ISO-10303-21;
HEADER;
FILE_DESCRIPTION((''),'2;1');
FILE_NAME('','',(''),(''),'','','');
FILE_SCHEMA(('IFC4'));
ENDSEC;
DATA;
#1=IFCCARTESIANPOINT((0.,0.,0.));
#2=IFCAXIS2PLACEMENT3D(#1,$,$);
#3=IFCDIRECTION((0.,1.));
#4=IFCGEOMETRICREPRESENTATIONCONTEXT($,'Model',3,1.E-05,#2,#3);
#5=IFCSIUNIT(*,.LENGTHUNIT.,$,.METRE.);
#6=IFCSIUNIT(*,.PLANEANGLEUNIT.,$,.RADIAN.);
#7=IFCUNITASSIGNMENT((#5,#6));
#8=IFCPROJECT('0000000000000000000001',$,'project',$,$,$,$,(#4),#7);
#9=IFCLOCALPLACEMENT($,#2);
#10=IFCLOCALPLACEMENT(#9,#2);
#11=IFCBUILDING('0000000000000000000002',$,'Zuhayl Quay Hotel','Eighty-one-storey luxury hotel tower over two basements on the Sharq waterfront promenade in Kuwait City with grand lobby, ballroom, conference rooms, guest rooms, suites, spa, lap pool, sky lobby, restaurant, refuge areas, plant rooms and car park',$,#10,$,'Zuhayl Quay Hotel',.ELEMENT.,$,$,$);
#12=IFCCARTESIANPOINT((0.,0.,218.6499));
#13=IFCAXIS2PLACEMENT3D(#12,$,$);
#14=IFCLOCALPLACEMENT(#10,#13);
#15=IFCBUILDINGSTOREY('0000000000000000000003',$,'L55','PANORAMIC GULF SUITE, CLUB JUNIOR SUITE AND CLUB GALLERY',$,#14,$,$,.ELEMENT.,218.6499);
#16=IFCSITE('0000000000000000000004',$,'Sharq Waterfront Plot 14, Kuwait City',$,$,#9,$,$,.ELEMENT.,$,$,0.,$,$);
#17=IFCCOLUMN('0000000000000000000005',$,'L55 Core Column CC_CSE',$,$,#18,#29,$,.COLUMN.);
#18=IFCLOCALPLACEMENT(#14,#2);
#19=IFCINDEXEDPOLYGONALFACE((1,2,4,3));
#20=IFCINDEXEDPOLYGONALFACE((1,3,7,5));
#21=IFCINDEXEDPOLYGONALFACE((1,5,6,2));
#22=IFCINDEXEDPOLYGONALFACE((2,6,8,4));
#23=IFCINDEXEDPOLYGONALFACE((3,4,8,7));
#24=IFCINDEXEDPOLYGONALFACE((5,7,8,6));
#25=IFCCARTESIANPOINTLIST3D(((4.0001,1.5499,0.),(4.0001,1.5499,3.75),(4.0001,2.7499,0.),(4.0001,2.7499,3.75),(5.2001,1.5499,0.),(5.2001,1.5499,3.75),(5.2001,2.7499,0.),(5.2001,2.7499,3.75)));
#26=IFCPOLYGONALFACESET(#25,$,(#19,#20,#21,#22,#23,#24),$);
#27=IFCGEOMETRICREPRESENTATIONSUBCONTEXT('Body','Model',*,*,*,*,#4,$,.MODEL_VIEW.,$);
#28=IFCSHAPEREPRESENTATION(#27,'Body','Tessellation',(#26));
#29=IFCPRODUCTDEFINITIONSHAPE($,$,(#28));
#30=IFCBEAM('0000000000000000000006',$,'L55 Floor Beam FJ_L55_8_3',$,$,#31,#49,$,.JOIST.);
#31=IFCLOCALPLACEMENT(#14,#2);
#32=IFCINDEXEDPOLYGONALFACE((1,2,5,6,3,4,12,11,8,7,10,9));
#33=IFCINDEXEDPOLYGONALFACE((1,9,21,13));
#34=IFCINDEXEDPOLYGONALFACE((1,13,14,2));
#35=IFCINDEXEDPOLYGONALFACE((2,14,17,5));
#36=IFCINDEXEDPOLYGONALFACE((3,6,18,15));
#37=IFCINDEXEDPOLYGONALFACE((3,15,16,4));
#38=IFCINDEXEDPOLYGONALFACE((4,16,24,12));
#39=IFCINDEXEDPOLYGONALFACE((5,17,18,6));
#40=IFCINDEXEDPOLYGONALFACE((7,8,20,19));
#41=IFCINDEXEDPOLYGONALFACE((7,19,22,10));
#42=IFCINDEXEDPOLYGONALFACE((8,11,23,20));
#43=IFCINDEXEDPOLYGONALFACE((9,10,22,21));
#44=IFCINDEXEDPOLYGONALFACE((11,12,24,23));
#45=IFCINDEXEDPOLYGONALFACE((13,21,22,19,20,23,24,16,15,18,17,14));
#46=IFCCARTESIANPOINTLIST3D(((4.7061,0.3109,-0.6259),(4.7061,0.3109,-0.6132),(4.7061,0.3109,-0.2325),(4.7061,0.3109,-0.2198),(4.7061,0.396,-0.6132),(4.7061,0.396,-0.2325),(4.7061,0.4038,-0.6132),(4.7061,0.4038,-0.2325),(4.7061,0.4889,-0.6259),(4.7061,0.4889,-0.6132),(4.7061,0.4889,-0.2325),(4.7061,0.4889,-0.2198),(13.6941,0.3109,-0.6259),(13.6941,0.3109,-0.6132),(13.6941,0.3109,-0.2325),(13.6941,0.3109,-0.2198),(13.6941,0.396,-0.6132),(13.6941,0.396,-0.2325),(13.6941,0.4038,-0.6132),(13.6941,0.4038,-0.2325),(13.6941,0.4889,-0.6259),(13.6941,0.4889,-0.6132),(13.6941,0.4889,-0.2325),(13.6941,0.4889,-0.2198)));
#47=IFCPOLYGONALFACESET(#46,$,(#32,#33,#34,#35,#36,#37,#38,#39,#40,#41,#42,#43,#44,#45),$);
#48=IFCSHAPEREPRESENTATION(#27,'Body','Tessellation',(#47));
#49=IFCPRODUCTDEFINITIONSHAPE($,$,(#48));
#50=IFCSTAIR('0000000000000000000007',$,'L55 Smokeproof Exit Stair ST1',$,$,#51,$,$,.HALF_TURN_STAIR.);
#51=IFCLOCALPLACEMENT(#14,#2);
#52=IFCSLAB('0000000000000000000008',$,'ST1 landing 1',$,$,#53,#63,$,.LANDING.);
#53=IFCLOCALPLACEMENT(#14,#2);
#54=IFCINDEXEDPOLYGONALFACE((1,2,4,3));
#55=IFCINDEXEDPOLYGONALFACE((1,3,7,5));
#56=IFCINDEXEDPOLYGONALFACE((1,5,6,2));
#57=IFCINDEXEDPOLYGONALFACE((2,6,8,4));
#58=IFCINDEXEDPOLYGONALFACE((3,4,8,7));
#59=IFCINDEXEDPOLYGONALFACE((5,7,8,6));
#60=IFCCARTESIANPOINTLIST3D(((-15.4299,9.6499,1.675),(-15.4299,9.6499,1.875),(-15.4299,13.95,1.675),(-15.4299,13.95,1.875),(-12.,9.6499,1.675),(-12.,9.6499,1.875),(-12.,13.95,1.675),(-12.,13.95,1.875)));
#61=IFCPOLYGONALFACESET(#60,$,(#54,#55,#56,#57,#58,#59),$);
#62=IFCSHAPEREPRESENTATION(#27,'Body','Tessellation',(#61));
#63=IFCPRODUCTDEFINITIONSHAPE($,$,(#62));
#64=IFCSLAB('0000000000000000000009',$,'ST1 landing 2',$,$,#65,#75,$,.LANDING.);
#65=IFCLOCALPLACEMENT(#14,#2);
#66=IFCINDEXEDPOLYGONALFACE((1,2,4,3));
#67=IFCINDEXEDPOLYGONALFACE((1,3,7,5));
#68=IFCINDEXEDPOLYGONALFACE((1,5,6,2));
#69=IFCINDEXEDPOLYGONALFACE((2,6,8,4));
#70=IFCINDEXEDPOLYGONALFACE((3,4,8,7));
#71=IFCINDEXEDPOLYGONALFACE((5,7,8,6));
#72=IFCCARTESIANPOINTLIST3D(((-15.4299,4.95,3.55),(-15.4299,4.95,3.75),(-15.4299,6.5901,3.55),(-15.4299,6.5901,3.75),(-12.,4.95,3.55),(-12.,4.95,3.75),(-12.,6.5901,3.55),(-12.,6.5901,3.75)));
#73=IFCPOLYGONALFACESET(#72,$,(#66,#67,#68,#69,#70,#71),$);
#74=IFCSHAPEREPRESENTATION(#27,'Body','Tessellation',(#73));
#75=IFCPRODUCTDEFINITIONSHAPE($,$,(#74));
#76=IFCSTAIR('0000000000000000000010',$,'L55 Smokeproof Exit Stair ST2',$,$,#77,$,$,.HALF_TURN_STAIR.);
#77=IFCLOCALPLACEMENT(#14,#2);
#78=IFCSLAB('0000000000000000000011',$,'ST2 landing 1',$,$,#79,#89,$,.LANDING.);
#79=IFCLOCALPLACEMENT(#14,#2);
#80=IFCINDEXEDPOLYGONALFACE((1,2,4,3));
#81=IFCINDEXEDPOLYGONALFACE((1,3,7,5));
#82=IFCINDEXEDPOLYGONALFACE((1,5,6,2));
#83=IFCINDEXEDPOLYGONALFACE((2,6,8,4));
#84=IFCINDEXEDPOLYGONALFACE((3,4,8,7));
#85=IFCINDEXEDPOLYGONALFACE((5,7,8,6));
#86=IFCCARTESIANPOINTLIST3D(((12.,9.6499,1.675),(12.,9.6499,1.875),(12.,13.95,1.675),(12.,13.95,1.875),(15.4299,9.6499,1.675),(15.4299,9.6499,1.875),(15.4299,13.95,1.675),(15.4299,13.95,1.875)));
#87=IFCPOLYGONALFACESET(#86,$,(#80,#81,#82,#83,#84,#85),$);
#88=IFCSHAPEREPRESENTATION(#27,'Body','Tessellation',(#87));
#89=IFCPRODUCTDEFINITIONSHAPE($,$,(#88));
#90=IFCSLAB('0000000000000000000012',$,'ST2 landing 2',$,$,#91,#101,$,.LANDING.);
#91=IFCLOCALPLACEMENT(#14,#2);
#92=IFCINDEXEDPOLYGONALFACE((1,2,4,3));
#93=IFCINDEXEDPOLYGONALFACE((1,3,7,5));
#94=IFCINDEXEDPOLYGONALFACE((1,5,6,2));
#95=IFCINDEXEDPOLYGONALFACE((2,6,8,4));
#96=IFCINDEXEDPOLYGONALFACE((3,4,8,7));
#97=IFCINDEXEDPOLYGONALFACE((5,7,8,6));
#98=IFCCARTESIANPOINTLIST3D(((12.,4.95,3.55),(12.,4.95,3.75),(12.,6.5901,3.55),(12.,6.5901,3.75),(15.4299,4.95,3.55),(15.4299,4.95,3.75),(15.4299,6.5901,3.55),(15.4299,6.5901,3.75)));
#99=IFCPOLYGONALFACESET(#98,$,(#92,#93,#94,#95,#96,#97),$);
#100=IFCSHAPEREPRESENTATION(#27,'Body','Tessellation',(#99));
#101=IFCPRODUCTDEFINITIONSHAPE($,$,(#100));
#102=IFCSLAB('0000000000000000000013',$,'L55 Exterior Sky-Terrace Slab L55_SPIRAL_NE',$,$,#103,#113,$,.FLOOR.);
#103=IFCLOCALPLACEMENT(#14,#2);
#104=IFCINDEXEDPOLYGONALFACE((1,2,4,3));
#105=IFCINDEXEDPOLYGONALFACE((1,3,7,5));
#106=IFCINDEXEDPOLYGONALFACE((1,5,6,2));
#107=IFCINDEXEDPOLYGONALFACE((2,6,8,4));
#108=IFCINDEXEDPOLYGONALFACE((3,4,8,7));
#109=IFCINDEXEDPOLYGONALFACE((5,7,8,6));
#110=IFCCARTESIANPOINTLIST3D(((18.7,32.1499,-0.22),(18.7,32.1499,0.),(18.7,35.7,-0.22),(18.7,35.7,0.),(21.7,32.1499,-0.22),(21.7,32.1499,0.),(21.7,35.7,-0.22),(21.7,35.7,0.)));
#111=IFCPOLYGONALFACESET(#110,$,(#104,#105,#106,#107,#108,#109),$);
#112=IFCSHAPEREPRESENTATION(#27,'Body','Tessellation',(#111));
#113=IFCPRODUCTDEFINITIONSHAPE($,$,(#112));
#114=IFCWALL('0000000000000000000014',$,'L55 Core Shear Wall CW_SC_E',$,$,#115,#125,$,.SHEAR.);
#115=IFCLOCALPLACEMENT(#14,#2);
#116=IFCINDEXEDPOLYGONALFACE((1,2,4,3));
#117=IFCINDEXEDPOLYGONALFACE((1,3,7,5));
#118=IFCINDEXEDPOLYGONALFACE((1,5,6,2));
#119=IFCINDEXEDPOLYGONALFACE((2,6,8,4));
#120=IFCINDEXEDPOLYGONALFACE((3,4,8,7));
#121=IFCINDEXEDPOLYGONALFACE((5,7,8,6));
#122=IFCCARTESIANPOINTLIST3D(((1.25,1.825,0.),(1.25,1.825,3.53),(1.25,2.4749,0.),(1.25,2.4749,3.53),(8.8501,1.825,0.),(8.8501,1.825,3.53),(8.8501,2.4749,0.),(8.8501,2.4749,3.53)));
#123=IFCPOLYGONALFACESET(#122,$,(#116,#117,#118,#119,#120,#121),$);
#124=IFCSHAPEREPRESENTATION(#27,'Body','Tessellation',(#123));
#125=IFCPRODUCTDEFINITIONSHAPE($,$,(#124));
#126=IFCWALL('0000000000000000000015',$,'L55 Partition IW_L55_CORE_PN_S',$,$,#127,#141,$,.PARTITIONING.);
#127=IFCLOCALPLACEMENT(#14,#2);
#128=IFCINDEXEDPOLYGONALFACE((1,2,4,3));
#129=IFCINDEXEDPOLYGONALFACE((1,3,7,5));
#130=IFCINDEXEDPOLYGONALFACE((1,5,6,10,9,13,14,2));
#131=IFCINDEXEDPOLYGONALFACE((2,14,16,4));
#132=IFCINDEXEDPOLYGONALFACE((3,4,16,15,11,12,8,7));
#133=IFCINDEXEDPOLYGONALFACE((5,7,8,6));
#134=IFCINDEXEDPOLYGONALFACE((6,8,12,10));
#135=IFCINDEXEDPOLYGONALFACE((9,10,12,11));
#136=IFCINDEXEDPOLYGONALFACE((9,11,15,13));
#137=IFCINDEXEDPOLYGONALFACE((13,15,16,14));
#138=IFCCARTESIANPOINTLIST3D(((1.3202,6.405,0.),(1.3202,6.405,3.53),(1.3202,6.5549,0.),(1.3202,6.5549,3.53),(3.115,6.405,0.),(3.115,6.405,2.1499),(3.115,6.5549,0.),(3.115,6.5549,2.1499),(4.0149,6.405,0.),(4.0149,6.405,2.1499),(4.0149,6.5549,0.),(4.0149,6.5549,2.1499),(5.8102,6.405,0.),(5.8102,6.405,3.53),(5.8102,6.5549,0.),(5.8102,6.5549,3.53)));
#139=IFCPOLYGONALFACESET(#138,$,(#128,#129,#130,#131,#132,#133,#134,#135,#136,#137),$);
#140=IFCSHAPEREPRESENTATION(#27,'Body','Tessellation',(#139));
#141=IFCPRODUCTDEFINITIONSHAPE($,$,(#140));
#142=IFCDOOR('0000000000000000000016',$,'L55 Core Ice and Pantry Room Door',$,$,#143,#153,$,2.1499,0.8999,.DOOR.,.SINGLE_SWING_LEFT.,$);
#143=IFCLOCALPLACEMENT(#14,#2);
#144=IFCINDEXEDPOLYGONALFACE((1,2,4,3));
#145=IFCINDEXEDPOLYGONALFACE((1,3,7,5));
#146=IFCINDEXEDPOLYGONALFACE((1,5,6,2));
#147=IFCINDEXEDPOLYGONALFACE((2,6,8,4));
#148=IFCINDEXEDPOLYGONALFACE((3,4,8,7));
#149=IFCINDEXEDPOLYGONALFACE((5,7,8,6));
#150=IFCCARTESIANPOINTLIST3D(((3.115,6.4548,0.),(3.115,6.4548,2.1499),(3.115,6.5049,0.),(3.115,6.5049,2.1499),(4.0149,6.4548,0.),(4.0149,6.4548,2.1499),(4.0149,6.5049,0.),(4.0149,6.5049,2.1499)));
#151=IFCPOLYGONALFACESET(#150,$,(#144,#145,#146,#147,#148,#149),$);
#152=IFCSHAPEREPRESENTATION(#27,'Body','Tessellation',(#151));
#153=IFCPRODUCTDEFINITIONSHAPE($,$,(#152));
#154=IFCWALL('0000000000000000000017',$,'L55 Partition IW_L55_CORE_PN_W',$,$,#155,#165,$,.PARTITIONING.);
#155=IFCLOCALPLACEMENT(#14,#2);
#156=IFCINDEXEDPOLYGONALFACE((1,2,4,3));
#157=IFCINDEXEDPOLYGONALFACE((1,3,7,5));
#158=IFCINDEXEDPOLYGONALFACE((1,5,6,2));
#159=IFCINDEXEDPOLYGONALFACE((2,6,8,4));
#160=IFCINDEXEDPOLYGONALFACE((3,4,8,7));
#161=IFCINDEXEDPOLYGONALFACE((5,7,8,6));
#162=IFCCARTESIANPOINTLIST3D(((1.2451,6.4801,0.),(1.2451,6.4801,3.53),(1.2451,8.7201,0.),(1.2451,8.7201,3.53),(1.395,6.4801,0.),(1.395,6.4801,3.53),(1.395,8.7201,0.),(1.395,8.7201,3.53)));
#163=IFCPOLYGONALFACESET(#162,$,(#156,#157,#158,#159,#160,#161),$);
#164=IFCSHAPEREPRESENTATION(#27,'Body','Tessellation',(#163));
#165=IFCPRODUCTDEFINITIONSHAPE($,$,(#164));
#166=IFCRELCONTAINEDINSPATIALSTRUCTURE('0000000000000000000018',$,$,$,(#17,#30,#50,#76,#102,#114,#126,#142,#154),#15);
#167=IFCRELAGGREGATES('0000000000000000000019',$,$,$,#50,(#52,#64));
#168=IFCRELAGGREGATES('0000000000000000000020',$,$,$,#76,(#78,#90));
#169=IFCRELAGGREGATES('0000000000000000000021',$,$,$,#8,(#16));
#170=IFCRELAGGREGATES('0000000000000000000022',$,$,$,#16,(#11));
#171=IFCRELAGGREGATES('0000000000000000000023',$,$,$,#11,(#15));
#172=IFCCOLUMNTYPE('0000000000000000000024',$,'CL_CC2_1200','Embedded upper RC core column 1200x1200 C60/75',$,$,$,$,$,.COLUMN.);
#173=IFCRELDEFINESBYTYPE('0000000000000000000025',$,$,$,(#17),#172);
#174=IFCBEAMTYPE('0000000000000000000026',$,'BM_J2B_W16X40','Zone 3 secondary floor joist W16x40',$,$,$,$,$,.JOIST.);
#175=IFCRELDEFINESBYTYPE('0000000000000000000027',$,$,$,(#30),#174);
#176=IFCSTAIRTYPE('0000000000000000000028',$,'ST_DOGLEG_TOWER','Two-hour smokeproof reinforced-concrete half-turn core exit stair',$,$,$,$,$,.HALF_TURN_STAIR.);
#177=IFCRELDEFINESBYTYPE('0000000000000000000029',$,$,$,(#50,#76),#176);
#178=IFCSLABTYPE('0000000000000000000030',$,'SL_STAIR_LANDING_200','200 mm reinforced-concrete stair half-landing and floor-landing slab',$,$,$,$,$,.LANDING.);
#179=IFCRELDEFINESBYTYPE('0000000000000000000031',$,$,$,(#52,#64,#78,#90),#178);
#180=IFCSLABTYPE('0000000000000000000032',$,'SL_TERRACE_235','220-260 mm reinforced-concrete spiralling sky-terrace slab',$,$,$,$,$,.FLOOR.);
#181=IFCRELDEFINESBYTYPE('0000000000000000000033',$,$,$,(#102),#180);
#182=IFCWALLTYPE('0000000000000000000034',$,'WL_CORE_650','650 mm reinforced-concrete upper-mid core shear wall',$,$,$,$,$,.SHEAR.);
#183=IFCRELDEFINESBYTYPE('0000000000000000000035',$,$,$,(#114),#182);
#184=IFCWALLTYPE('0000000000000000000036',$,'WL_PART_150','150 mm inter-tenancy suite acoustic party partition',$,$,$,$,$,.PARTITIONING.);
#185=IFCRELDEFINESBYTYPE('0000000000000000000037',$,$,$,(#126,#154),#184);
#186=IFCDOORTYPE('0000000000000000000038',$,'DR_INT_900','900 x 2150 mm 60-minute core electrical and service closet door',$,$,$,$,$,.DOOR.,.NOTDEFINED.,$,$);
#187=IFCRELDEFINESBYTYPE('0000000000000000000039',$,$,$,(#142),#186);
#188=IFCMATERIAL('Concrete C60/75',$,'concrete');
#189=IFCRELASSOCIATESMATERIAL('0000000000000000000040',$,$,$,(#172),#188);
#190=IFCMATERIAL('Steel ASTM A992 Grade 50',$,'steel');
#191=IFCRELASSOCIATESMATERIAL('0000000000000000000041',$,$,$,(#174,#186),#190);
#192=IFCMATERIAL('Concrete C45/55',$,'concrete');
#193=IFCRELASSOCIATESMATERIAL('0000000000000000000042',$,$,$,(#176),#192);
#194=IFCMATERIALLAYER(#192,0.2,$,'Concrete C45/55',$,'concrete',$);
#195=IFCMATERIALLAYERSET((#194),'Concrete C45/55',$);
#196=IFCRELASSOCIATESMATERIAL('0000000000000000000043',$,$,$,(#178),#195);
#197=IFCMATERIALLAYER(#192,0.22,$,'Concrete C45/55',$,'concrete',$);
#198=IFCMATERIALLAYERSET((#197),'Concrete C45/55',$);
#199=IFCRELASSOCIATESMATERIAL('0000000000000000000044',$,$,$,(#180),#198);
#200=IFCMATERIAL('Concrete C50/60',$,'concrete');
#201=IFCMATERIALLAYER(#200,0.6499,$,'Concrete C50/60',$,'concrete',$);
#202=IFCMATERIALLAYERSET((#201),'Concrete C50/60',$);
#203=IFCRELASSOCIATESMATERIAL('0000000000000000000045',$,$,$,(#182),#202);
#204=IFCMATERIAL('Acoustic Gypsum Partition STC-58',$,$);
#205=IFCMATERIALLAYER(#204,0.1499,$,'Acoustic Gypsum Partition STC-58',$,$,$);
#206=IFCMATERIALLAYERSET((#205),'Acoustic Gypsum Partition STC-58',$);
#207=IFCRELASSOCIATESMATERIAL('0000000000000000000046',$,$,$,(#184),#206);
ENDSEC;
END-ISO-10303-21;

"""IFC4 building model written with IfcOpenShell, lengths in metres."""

from ifc_helpers import new_model, si_unit, direction, frame, frame_2d, origin, origin_2d, place, context, subcontext, project, spatial, polyline, rectangle, i_section, outline, extrude, material, layer, layer_set, material_profile, profile_set, type_object, element, fill, aggregate, save


model = new_model("IFC4")

# Units and contexts
model_context = context("Model", 3, precision=1e-05, world=origin(), true_north=direction((0.0, 1.0)))
body_context = subcontext(model_context, "Body", "Model", "MODEL_VIEW")
ifc_project = project(units=[si_unit("LENGTHUNIT", "METRE"), si_unit("PLANEANGLEUNIT", "RADIAN")], contexts=[model_context])

# Site, building, storey
site_placement = place(None, origin())
site = spatial("IfcSite", under=ifc_project, at=site_placement, Name="Sharq Waterfront Plot 14, Kuwait City", CompositionType="ELEMENT", RefElevation=0.0)
building_placement = place(site_placement, origin())
building = spatial("IfcBuilding", under=site, at=building_placement, Name="Zuhayl Quay Hotel", Description="Eighty-one-storey luxury hotel tower over two basements on the Sharq waterfront promenade in Kuwait City with grand lobby, ballroom, conference rooms, guest rooms, suites, spa, lap pool, sky lobby, restaurant, refuge areas, plant rooms and car park", LongName="Zuhayl Quay Hotel", CompositionType="ELEMENT")
storey_placement = place(building_placement, frame((0.0, 0.0, 218.6499)))
storey = spatial("IfcBuildingStorey", under=building, at=storey_placement, Name="L55", Description="PANORAMIC GULF SUITE, CLUB JUNIOR SUITE AND CLUB GALLERY", CompositionType="ELEMENT", Elevation=218.6499)

# Column
ifc_material_1 = material(Name="Concrete C60/75", Category="concrete")
ifc_material_profile_1 = material_profile(ifc_material_1, rectangle(XDim=1.2, YDim=1.2, at=origin_2d()), Name="RC1200X1200")
ifc_profile_set_1 = profile_set([ifc_material_profile_1], Name="Concrete C60/75")
column_type = type_object("IfcColumnType", Name="CL_CC2_1200", Description="Embedded upper RC core column 1200x1200 C60/75", PredefinedType="COLUMN", material=ifc_profile_set_1)
column_placement = place(storey_placement, frame((4.6001, 2.1499, 0.0), z_axis=(0.0, 0.0, 1.0), x_axis=(1.0, 0.0, 0.0)))
element("IfcColumn", 1, at=column_placement, inside=storey, type_object=column_type, Name="L55 Core Column CC_CSE", PredefinedType="COLUMN", context=body_context, shape_type="SweptSolid", body=[
    extrude(rectangle(XDim=1.2, YDim=1.2, at=origin_2d()), origin(), (0.0, 0.0, 1.0), 3.75),
])

# Beam
ifc_material_2 = material(Name="Steel ASTM A992 Grade 50", Category="steel")
ifc_material_profile_2 = material_profile(ifc_material_2, i_section(OverallWidth=0.178, OverallDepth=0.406, WebThickness=0.0078, FlangeThickness=0.0127, at=origin_2d()), Name="W16X40")
ifc_profile_set_2 = profile_set([ifc_material_profile_2], Name="Steel ASTM A992 Grade 50")
beam_type = type_object("IfcBeamType", Name="BM_J2B_W16X40", Description="Zone 3 secondary floor joist W16x40", PredefinedType="JOIST", material=ifc_profile_set_2)
beam_placement = place(storey_placement, frame((4.7061, 0.3999, -0.4229), z_axis=(1.0, 0.0, 0.0), x_axis=(0.0, 1.0, 0.0)))
element("IfcBeam", 2, at=beam_placement, inside=storey, type_object=beam_type, Name="L55 Floor Beam FJ_L55_8_3", PredefinedType="JOIST", context=body_context, shape_type="SweptSolid", body=[
    extrude(i_section(OverallWidth=0.178, OverallDepth=0.406, WebThickness=0.0078, FlangeThickness=0.0127, at=origin_2d()), origin(), (0.0, 0.0, 1.0), 8.988),
])

# Stairs, slabs
ifc_material_3 = material(Name="Concrete C45/55", Category="concrete")
stair_type = type_object("IfcStairType", Name="ST_DOGLEG_TOWER", Description="Two-hour smokeproof reinforced-concrete half-turn core exit stair", PredefinedType="HALF_TURN_STAIR", material=ifc_material_3)
stair_1_placement = place(storey_placement, origin())
stair_1 = element("IfcStair", 3, at=stair_1_placement, inside=storey, type_object=stair_type, Name="L55 Smokeproof Exit Stair ST1", PredefinedType="HALF_TURN_STAIR")
ifc_layer_1 = layer(ifc_material_3, 0.2, Name="Concrete C45/55", Category="concrete")
ifc_layer_set_1 = layer_set([ifc_layer_1], Name="Concrete C45/55")
slab_type_1 = type_object("IfcSlabType", Name="SL_STAIR_LANDING_200", Description="200 mm reinforced-concrete stair half-landing and floor-landing slab", PredefinedType="LANDING", material=ifc_layer_set_1)
slab_1_placement = place(storey_placement, frame((0.0, 0.0, 1.675)))
slab_1 = element("IfcSlab", 4, at=slab_1_placement, type_object=slab_type_1, Name="ST1 landing 1", PredefinedType="LANDING", context=body_context, shape_type="SweptSolid", body=[
    extrude(outline(polyline([(-12.0, 9.6499), (-12.0, 13.95), (-15.4299, 13.95), (-15.4299, 9.6499), (-12.0, 9.6499)])), origin(), (0.0, 0.0, 1.0), 0.2),
])
slab_2_placement = place(storey_placement, frame((0.0, 0.0, 3.55)))
slab_2 = element("IfcSlab", 5, at=slab_2_placement, type_object=slab_type_1, Name="ST1 landing 2", PredefinedType="LANDING", context=body_context, shape_type="SweptSolid", body=[
    extrude(outline(polyline([(-12.0, 4.95), (-12.0, 6.5901), (-15.4299, 6.5901), (-15.4299, 4.95), (-12.0, 4.95)])), origin(), (0.0, 0.0, 1.0), 0.2),
])
aggregate(stair_1, [slab_1, slab_2])
stair_2_placement = place(storey_placement, origin())
stair_2 = element("IfcStair", 6, at=stair_2_placement, inside=storey, type_object=stair_type, Name="L55 Smokeproof Exit Stair ST2", PredefinedType="HALF_TURN_STAIR")
slab_3_placement = place(storey_placement, frame((0.0, 0.0, 1.675)))
slab_3 = element("IfcSlab", 7, at=slab_3_placement, type_object=slab_type_1, Name="ST2 landing 1", PredefinedType="LANDING", context=body_context, shape_type="SweptSolid", body=[
    extrude(outline(polyline([(15.4299, 9.6499), (15.4299, 13.95), (12.0, 13.95), (12.0, 9.6499), (15.4299, 9.6499)])), origin(), (0.0, 0.0, 1.0), 0.2),
])
slab_4_placement = place(storey_placement, frame((0.0, 0.0, 3.55)))
slab_4 = element("IfcSlab", 8, at=slab_4_placement, type_object=slab_type_1, Name="ST2 landing 2", PredefinedType="LANDING", context=body_context, shape_type="SweptSolid", body=[
    extrude(outline(polyline([(15.4299, 4.95), (15.4299, 6.5901), (12.0, 6.5901), (12.0, 4.95), (15.4299, 4.95)])), origin(), (0.0, 0.0, 1.0), 0.2),
])
aggregate(stair_2, [slab_3, slab_4])

# Slab
ifc_layer_2 = layer(ifc_material_3, 0.22, Name="Concrete C45/55", Category="concrete")
ifc_layer_set_2 = layer_set([ifc_layer_2], Name="Concrete C45/55")
slab_type_2 = type_object("IfcSlabType", Name="SL_TERRACE_235", Description="220-260 mm reinforced-concrete spiralling sky-terrace slab", PredefinedType="FLOOR", material=ifc_layer_set_2)
slab_5_placement = place(storey_placement, frame((0.0, 0.0, -0.22)))
element("IfcSlab", 9, at=slab_5_placement, inside=storey, type_object=slab_type_2, Name="L55 Exterior Sky-Terrace Slab L55_SPIRAL_NE", PredefinedType="FLOOR", context=body_context, shape_type="SweptSolid", body=[
    extrude(outline(polyline([(18.7, 32.1499), (21.7, 32.1499), (21.7, 35.7), (18.7, 35.7), (18.7, 32.1499)])), origin(), (0.0, 0.0, 1.0), 0.22),
])

# Wall
ifc_material_4 = material(Name="Concrete C50/60", Category="concrete")
ifc_layer_3 = layer(ifc_material_4, 0.6499, Name="Concrete C50/60", Category="concrete")
ifc_layer_set_3 = layer_set([ifc_layer_3], Name="Concrete C50/60")
wall_type_1 = type_object("IfcWallType", Name="WL_CORE_650", Description="650 mm reinforced-concrete upper-mid core shear wall", PredefinedType="SHEAR", material=ifc_layer_set_3)
wall_1_placement = place(storey_placement, frame((1.25, 2.1499, 0.0), z_axis=(0.0, 0.0, 1.0), x_axis=(1.0, 0.0, 0.0)))
element("IfcWall", 10, at=wall_1_placement, inside=storey, type_object=wall_type_1, Name="L55 Core Shear Wall CW_SC_E", PredefinedType="SHEAR", context=body_context, shape_type="SweptSolid", body=[
    extrude(rectangle(XDim=7.6001, YDim=0.6499, at=frame_2d((3.8, 0.0))), origin(), (0.0, 0.0, 1.0), 3.53),
])

# Wall, opening, door
ifc_material_5 = material(Name="Acoustic Gypsum Partition STC-58")
ifc_layer_4 = layer(ifc_material_5, 0.1499, Name="Acoustic Gypsum Partition STC-58")
ifc_layer_set_4 = layer_set([ifc_layer_4], Name="Acoustic Gypsum Partition STC-58")
wall_type_2 = type_object("IfcWallType", Name="WL_PART_150", Description="150 mm inter-tenancy suite acoustic party partition", PredefinedType="PARTITIONING", material=ifc_layer_set_4)
wall_2_placement = place(storey_placement, frame((1.3201, 6.48, 0.0), z_axis=(0.0, 0.0, 1.0), x_axis=(1.0, 0.0, 0.0)))
wall_2 = element("IfcWall", 11, at=wall_2_placement, inside=storey, type_object=wall_type_2, Name="L55 Partition IW_L55_CORE_PN_S", PredefinedType="PARTITIONING", context=body_context, shape_type="SweptSolid", body=[
    extrude(rectangle(XDim=4.49, YDim=0.1499, at=frame_2d((2.2451, 0.0))), origin(), (0.0, 0.0, 1.0), 3.53),
])
opening_1_placement = place(wall_2_placement, frame((1.7949, 0.0, 0.0)))
opening_1 = element("IfcOpeningElement", 12, at=opening_1_placement, cuts=wall_2, PredefinedType="OPENING", context=body_context, shape_type="SweptSolid", body=[
    extrude(rectangle(XDim=0.8999, YDim=2.1499, at=frame_2d((0.45, 1.075))), frame((0.0, 0.085, 0.0), z_axis=(0.0, -1.0, 0.0), x_axis=(1.0, 0.0, 0.0)), (0.0, 0.0, 1.0), 0.1699),
])
door_type_1 = type_object("IfcDoorType", Name="DR_INT_900", Description="900 x 2150 mm 60-minute core electrical and service closet door", OperationType="NOTDEFINED", PredefinedType="DOOR", material=ifc_material_2)
door_1_placement = place(opening_1_placement, origin())
door_1 = element("IfcDoor", 13, at=door_1_placement, inside=storey, type_object=door_type_1, Name="L55 Core Ice and Pantry Room Door", OperationType="SINGLE_SWING_LEFT", OverallHeight=2.1499, OverallWidth=0.8999, PredefinedType="DOOR", context=body_context, shape_type="SweptSolid", body=[
    extrude(rectangle(XDim=0.8999, YDim=2.1499, at=frame_2d((0.45, 1.075))), frame((0.0, 0.0249, 0.0), z_axis=(0.0, -1.0, 0.0), x_axis=(1.0, 0.0, 0.0)), (0.0, 0.0, 1.0), 0.05),
])
fill(opening_1, door_1)

# Wall
wall_3_placement = place(storey_placement, frame((1.3201, 6.48, 0.0), z_axis=(0.0, 0.0, 1.0), x_axis=(0.0, 1.0, 0.0)))
element("IfcWall", 14, at=wall_3_placement, inside=storey, type_object=wall_type_2, Name="L55 Partition IW_L55_CORE_PN_W", PredefinedType="PARTITIONING", context=body_context, shape_type="SweptSolid", body=[
    extrude(rectangle(XDim=2.24, YDim=0.1499, at=frame_2d((1.1201, 0.0))), origin(), (0.0, 0.0, 1.0), 3.53),
])

save(model, "model.ifc")
